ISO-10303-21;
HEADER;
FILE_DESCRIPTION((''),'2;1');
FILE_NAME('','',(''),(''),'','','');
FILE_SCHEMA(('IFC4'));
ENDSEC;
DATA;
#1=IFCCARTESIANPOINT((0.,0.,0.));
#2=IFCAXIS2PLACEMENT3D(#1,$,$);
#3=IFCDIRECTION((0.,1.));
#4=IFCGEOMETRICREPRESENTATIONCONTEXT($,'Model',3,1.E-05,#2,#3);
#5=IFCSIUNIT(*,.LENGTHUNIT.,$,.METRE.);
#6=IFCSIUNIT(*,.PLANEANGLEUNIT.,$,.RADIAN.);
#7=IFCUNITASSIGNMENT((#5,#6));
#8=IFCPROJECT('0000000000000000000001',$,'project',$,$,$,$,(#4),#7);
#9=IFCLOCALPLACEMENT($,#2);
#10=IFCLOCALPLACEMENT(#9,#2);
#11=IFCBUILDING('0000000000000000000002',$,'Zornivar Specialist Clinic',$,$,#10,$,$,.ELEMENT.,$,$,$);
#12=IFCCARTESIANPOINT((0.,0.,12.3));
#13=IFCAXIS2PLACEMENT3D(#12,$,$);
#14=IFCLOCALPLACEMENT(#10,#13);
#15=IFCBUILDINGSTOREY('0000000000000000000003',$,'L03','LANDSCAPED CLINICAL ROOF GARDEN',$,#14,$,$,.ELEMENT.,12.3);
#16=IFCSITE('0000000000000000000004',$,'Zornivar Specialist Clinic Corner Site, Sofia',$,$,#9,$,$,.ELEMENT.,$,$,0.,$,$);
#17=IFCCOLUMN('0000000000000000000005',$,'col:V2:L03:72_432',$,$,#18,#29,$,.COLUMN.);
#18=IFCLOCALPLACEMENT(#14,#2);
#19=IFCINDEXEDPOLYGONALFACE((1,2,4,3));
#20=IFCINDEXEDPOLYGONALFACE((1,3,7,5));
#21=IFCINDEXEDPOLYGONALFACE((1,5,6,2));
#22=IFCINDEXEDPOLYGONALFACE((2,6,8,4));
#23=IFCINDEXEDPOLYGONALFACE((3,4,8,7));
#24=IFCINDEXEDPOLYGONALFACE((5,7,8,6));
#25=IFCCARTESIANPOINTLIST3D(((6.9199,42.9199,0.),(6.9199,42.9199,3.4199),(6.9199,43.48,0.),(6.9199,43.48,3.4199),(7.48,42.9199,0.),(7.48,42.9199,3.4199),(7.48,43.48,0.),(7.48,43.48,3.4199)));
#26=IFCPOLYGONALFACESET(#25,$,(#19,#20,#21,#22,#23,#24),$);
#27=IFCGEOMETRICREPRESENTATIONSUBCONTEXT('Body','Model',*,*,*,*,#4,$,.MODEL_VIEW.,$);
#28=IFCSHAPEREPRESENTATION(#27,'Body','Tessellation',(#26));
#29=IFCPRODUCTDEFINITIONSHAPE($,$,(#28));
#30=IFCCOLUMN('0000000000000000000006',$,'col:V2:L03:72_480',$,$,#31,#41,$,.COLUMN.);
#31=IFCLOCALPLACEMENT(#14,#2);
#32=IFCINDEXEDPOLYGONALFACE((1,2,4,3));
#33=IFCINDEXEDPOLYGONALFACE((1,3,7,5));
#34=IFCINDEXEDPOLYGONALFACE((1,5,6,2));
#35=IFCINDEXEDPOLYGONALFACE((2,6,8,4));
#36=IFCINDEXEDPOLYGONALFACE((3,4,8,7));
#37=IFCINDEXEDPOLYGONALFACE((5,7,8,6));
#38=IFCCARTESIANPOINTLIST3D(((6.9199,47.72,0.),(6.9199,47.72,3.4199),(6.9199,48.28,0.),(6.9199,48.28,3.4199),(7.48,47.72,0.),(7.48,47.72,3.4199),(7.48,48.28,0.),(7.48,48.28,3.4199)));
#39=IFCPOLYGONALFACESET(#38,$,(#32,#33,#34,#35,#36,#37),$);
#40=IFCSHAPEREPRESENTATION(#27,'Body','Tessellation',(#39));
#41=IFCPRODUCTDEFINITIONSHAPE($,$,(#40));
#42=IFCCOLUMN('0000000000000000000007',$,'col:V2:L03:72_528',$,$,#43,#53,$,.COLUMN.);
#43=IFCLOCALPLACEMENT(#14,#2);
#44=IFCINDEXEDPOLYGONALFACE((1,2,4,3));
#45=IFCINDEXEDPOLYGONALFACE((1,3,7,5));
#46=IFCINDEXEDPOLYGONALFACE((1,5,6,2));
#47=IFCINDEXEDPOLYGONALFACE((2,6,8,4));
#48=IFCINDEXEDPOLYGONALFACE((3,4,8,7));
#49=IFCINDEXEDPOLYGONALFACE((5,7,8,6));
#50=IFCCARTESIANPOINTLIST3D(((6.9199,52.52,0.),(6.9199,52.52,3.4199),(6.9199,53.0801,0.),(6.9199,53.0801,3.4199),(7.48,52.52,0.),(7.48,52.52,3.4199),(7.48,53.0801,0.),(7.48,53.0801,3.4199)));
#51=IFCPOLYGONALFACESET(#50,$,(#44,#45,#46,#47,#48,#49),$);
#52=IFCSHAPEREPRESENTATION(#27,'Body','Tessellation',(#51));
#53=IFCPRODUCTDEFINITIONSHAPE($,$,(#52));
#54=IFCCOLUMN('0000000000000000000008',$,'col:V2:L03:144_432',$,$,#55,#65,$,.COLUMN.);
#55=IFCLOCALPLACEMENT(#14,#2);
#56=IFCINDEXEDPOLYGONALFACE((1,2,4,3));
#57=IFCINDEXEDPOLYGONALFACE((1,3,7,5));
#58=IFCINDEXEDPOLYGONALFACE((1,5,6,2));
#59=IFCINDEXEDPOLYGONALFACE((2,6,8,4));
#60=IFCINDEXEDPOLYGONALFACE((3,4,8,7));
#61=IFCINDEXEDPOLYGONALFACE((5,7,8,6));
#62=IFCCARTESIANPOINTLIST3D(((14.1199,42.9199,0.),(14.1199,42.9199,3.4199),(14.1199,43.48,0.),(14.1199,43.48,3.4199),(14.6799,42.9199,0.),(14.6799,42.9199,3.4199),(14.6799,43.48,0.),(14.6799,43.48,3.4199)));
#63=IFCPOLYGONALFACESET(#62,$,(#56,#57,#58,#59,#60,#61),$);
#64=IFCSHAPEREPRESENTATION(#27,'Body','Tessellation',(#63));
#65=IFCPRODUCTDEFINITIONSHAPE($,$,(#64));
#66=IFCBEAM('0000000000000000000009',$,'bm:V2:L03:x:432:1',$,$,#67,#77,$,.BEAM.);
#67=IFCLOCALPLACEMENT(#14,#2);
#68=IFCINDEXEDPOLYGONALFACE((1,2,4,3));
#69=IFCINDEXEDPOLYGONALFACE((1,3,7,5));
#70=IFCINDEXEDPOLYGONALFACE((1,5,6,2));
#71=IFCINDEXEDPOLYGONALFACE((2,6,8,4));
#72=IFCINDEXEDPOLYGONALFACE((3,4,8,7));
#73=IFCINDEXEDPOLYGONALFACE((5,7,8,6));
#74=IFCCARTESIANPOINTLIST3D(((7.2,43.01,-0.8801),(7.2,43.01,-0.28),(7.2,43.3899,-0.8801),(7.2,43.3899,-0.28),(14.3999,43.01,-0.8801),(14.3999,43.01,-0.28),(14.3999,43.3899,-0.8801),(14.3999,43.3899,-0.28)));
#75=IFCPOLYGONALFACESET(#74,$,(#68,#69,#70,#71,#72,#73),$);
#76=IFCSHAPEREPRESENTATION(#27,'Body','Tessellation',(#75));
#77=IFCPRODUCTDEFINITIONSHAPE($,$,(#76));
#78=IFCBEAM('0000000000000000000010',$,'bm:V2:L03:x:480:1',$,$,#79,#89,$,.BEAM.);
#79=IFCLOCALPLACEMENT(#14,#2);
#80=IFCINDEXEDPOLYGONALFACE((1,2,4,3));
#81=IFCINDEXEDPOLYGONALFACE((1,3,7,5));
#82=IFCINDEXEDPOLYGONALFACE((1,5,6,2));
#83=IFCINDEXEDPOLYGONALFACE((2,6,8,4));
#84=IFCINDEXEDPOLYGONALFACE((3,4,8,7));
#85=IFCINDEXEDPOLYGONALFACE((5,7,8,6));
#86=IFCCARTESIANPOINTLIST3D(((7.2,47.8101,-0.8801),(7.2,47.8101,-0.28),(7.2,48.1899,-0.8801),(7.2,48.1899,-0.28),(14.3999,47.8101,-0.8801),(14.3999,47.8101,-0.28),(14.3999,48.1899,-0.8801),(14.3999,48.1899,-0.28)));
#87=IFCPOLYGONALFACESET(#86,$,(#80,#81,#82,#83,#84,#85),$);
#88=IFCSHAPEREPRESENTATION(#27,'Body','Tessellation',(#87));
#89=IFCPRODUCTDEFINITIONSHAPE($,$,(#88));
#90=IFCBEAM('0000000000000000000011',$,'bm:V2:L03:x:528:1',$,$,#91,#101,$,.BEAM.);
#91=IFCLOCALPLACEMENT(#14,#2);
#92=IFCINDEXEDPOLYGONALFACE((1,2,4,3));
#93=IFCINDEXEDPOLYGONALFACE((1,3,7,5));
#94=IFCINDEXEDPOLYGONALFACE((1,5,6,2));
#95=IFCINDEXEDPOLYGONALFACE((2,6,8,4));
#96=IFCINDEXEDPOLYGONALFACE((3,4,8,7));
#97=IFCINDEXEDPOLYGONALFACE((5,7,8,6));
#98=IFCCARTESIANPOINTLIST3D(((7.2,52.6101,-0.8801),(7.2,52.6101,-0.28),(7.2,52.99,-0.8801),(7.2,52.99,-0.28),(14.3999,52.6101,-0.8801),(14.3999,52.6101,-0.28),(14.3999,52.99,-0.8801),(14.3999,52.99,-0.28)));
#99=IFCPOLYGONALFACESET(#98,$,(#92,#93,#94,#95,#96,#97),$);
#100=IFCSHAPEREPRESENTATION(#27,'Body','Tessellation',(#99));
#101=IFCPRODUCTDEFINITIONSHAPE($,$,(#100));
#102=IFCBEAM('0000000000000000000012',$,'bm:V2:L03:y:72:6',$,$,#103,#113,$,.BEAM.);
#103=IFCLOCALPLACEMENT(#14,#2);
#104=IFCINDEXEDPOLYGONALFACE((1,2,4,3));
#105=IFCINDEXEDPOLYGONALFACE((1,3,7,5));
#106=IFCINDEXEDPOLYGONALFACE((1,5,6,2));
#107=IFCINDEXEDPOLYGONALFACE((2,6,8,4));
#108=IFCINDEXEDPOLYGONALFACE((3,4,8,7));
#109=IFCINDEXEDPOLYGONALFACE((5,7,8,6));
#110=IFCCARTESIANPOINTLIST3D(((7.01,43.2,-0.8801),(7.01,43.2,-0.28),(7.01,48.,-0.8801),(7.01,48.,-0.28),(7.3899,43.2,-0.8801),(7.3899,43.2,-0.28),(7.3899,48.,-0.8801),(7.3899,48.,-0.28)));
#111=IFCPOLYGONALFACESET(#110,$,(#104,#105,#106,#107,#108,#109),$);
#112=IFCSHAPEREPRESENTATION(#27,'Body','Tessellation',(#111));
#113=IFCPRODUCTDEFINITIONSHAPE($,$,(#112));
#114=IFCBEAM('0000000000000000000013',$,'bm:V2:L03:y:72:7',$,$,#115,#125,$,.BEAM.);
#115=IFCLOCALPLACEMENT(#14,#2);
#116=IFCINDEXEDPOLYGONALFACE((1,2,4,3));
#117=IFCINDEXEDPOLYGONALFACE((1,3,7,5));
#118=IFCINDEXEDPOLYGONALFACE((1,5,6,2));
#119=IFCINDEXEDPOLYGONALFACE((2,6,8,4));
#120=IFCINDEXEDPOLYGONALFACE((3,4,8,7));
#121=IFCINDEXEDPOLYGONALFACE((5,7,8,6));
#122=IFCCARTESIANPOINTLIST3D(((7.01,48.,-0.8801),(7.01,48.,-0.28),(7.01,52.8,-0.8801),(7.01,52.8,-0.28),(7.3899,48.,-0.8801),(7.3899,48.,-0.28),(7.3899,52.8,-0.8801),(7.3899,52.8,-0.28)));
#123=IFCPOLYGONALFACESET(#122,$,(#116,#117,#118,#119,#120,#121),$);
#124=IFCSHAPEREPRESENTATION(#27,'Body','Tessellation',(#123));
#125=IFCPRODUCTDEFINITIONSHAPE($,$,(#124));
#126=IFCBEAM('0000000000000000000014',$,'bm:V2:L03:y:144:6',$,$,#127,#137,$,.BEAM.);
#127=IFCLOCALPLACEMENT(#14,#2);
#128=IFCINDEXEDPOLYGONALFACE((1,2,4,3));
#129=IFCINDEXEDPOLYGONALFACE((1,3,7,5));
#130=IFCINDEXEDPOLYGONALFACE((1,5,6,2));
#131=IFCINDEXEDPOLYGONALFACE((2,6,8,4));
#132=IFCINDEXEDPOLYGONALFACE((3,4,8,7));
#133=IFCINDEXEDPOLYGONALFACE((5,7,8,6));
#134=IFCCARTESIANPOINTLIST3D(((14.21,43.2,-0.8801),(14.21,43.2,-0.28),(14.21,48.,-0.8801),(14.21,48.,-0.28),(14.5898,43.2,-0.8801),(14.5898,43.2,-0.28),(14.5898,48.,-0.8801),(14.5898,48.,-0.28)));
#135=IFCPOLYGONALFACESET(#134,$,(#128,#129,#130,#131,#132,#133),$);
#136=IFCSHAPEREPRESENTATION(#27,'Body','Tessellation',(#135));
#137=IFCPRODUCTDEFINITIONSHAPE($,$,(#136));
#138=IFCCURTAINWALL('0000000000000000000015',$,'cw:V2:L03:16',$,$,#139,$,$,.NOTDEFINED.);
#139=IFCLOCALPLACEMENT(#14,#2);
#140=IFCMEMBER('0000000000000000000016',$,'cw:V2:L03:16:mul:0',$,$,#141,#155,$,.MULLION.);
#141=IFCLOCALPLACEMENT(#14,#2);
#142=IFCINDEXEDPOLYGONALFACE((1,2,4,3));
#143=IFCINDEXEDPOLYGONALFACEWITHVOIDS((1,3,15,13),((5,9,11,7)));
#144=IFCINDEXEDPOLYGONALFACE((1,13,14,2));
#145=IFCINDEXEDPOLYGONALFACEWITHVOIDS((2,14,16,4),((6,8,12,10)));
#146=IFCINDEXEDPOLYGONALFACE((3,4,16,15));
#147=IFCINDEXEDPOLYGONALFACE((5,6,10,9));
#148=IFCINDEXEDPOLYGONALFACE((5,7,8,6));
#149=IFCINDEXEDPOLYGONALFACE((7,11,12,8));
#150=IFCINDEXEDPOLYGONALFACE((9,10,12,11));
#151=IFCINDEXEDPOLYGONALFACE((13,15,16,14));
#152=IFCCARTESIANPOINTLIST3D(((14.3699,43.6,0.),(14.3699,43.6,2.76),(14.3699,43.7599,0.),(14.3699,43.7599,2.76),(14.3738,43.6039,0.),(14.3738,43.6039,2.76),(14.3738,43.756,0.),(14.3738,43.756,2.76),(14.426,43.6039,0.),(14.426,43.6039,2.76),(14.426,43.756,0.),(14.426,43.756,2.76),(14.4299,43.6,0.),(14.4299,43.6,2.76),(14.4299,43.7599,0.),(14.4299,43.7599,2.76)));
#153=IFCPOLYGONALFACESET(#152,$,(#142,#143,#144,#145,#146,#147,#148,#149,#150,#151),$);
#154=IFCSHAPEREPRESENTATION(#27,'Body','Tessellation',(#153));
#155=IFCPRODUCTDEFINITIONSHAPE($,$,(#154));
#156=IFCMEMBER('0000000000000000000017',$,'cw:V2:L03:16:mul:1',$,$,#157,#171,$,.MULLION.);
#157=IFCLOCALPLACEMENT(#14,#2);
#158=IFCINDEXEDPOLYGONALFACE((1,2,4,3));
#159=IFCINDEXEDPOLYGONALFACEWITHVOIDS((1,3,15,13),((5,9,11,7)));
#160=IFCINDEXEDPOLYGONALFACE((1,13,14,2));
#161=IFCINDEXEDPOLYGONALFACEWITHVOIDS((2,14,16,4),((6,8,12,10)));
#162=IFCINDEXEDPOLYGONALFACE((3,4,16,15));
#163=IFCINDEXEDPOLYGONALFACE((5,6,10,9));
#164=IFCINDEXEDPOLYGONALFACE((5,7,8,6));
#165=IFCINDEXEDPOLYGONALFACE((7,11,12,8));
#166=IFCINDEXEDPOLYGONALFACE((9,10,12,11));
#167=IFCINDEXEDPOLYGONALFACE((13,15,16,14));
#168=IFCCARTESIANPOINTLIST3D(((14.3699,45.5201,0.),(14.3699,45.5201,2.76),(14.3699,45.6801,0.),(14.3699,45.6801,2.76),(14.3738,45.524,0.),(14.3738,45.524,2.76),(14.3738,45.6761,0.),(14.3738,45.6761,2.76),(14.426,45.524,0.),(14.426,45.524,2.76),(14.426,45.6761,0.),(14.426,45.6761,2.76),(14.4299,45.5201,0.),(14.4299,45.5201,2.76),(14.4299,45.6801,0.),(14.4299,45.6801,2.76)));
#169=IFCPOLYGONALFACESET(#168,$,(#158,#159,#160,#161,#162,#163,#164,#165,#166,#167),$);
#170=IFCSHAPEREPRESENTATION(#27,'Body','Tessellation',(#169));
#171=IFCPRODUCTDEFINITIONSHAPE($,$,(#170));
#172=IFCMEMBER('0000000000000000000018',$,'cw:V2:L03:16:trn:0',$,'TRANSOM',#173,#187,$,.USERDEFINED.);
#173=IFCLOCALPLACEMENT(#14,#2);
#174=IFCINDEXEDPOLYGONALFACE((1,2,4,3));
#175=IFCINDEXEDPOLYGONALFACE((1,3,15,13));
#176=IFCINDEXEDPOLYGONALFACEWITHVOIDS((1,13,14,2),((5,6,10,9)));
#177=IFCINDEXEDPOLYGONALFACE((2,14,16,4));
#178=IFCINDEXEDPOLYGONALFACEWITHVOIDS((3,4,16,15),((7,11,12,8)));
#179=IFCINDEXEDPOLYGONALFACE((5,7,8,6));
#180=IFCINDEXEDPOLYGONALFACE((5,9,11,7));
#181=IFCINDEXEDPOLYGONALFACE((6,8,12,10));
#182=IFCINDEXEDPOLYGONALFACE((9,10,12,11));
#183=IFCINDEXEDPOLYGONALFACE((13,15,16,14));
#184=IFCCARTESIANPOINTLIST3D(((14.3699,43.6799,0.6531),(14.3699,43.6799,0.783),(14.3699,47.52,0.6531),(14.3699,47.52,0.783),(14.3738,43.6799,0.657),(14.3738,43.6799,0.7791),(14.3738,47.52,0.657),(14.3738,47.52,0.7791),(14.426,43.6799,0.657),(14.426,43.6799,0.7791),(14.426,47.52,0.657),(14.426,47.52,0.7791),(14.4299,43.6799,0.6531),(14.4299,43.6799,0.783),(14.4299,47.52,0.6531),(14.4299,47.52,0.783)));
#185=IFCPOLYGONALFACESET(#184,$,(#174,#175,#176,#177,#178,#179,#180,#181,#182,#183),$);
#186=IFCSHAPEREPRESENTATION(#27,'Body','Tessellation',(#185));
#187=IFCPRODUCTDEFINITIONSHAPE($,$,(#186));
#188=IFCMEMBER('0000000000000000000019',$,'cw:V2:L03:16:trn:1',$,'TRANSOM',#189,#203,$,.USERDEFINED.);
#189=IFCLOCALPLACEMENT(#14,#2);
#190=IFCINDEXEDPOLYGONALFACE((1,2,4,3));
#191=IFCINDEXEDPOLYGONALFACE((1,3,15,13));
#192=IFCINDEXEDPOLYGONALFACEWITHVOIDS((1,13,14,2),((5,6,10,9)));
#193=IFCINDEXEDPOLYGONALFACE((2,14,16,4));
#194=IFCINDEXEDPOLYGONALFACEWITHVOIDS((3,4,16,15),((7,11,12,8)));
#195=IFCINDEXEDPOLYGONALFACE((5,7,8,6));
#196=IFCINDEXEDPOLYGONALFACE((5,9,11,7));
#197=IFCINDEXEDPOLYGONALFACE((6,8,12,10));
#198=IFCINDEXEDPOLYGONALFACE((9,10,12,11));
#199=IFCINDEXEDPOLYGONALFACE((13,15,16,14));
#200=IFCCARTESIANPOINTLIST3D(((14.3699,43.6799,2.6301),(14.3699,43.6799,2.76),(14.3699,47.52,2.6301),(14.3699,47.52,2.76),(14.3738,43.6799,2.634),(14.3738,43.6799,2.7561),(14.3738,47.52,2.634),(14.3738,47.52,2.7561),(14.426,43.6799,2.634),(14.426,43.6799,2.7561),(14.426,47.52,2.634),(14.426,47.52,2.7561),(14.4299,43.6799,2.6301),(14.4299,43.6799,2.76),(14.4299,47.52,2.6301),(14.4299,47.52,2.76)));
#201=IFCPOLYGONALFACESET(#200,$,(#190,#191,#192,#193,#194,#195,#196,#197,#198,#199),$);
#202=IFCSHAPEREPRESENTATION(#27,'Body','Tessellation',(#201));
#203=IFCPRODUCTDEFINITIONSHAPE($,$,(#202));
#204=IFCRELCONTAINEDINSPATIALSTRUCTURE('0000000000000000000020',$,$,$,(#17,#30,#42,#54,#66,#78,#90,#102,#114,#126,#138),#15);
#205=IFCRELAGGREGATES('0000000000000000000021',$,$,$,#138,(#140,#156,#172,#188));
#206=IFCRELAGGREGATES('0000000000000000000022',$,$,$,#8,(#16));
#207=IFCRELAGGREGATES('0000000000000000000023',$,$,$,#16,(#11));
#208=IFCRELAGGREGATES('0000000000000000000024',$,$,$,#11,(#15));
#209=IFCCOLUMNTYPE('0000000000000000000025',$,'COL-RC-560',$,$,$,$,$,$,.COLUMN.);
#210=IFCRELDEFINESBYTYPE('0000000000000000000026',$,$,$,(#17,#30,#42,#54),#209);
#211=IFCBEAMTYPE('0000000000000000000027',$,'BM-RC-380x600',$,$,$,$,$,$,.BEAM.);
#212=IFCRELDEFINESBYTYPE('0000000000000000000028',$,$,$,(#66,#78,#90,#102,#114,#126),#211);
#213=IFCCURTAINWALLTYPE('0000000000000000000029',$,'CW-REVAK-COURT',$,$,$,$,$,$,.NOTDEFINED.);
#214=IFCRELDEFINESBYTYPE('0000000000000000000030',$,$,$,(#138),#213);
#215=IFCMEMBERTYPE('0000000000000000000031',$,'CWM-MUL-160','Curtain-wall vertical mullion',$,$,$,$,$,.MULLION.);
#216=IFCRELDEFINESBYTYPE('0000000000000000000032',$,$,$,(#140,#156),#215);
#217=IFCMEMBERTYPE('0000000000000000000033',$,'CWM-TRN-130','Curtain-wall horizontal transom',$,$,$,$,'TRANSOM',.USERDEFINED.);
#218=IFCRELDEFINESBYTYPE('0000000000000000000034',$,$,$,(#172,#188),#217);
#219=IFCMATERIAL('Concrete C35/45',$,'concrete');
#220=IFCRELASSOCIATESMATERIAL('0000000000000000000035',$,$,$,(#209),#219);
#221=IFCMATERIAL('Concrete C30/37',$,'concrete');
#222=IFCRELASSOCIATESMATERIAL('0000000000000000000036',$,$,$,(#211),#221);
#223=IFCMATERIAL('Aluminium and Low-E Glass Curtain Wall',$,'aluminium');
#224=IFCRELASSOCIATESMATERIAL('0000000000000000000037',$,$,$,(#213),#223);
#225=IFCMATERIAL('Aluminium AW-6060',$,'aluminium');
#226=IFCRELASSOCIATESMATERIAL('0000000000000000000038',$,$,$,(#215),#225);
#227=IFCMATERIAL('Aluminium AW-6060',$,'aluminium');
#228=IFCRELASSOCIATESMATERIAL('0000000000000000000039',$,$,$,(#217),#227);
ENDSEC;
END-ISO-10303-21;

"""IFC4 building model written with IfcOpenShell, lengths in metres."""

from ifc_helpers import new_model, si_unit, direction, frame, origin, origin_2d, place, context, subcontext, project, spatial, rectangle, hollow_rectangle, extrude, material, material_profile, profile_set, type_object, element, aggregate, save


model = new_model("IFC4")

# Units and contexts
model_context = context("Model", 3, precision=1e-05, world=origin(), true_north=direction((0.0, 1.0)))
body_context = subcontext(model_context, "Body", "Model", "MODEL_VIEW")
ifc_project = project(units=[si_unit("LENGTHUNIT", "METRE"), si_unit("PLANEANGLEUNIT", "RADIAN")], contexts=[model_context])

# Site, building, storey
site_placement = place(None, origin())
site = spatial("IfcSite", under=ifc_project, at=site_placement, Name="Zornivar Specialist Clinic Corner Site, Sofia", CompositionType="ELEMENT", RefElevation=0.0)
building_placement = place(site_placement, origin())
building = spatial("IfcBuilding", under=site, at=building_placement, Name="Zornivar Specialist Clinic", CompositionType="ELEMENT")
storey_placement = place(building_placement, frame((0.0, 0.0, 12.3)))
storey = spatial("IfcBuildingStorey", under=building, at=storey_placement, Name="L03", Description="LANDSCAPED CLINICAL ROOF GARDEN", CompositionType="ELEMENT", Elevation=12.3)

# Columns
ifc_material_1 = material(Name="Concrete C35/45", Category="concrete")
ifc_material_profile_1 = material_profile(ifc_material_1, rectangle(XDim=0.5601, YDim=0.5601, at=origin_2d()), Name="RC 560x560")
ifc_profile_set_1 = profile_set([ifc_material_profile_1], Name="Concrete C35/45")
column_type = type_object("IfcColumnType", Name="COL-RC-560", PredefinedType="COLUMN", material=ifc_profile_set_1)
for number, where, z_axis, x_axis, name in (
    (1, (7.2, 43.2, 0.0), (0.0, 0.0, 1.0), (1.0, 0.0, 0.0), "col:V2:L03:72_432"),
    (2, (7.2, 48.0, 0.0), (0.0, 0.0, 1.0), (1.0, 0.0, 0.0), "col:V2:L03:72_480"),
    (3, (7.2, 52.8, 0.0), (0.0, 0.0, 1.0), (1.0, 0.0, 0.0), "col:V2:L03:72_528"),
    (4, (14.3999, 43.2, 0.0), (0.0, 0.0, 1.0), (1.0, 0.0, 0.0), "col:V2:L03:144_432"),
):
    element("IfcColumn", number, at=place(storey_placement, frame(where, z_axis=z_axis, x_axis=x_axis)), inside=storey, type_object=column_type, Name=name, PredefinedType="COLUMN", context=body_context, shape_type="SweptSolid", body=[
        extrude(rectangle(XDim=0.5601, YDim=0.5601, at=origin_2d()), origin(), (0.0, 0.0, 1.0), 3.4199),
    ])

# Beams
ifc_material_2 = material(Name="Concrete C30/37", Category="concrete")
ifc_material_profile_2 = material_profile(ifc_material_2, rectangle(XDim=0.3799, YDim=0.6001, at=origin_2d()), Name="RC 380x600")
ifc_profile_set_2 = profile_set([ifc_material_profile_2], Name="Concrete C30/37")
beam_type = type_object("IfcBeamType", Name="BM-RC-380x600", PredefinedType="BEAM", material=ifc_profile_set_2)
for number, where, z_axis, x_axis, name in (
    (5, (7.2, 43.2, -0.5801), (1.0, 0.0, 0.0), (0.0, 1.0, 0.0), "bm:V2:L03:x:432:1"),
    (6, (7.2, 48.0, -0.5801), (1.0, 0.0, 0.0), (0.0, 1.0, 0.0), "bm:V2:L03:x:480:1"),
    (7, (7.2, 52.8, -0.5801), (1.0, 0.0, 0.0), (0.0, 1.0, 0.0), "bm:V2:L03:x:528:1"),
):
    element("IfcBeam", number, at=place(storey_placement, frame(where, z_axis=z_axis, x_axis=x_axis)), inside=storey, type_object=beam_type, Name=name, PredefinedType="BEAM", context=body_context, shape_type="SweptSolid", body=[
        extrude(rectangle(XDim=0.3799, YDim=0.6001, at=origin_2d()), origin(), (0.0, 0.0, 1.0), 7.2),
    ])
for number, where, z_axis, x_axis, name in (
    (8, (7.2, 43.2, -0.5801), (0.0, 1.0, 0.0), (-1.0, 0.0, 0.0), "bm:V2:L03:y:72:6"),
    (9, (7.2, 48.0, -0.5801), (0.0, 1.0, 0.0), (-1.0, 0.0, 0.0), "bm:V2:L03:y:72:7"),
    (10, (14.3999, 43.2, -0.5801), (0.0, 1.0, 0.0), (-1.0, 0.0, 0.0), "bm:V2:L03:y:144:6"),
):
    element("IfcBeam", number, at=place(storey_placement, frame(where, z_axis=z_axis, x_axis=x_axis)), inside=storey, type_object=beam_type, Name=name, PredefinedType="BEAM", context=body_context, shape_type="SweptSolid", body=[
        extrude(rectangle(XDim=0.3799, YDim=0.6001, at=origin_2d()), origin(), (0.0, 0.0, 1.0), 4.8),
    ])

# Curtain wall, members
ifc_material_3 = material(Name="Aluminium and Low-E Glass Curtain Wall", Category="aluminium")
curtain_wall_type = type_object("IfcCurtainWallType", Name="CW-REVAK-COURT", PredefinedType="NOTDEFINED", material=ifc_material_3)
curtain_wall_placement = place(storey_placement, origin())
curtain_wall = element("IfcCurtainWall", 11, at=curtain_wall_placement, inside=storey, type_object=curtain_wall_type, Name="cw:V2:L03:16", PredefinedType="NOTDEFINED")
ifc_material_4 = material(Name="Aluminium AW-6060", Category="aluminium")
ifc_material_profile_3 = material_profile(ifc_material_4, hollow_rectangle(XDim=0.0601, YDim=0.1599, WallThickness=0.0039, at=origin_2d()), Name="ALU 60x160x4")
ifc_profile_set_3 = profile_set([ifc_material_profile_3], Name="Aluminium AW-6060")
member_type_1 = type_object("IfcMemberType", Name="CWM-MUL-160", Description="Curtain-wall vertical mullion", PredefinedType="MULLION", material=ifc_profile_set_3)
member_1_placement = place(storey_placement, frame((14.3999, 43.6799, 0.0), z_axis=(0.0, 0.0, 1.0), x_axis=(1.0, 0.0, 0.0)))
member_1 = element("IfcMember", 12, at=member_1_placement, type_object=member_type_1, Name="cw:V2:L03:16:mul:0", PredefinedType="MULLION", context=body_context, shape_type="SweptSolid", body=[
    extrude(hollow_rectangle(XDim=0.0601, YDim=0.1599, WallThickness=0.0039, at=origin_2d()), origin(), (0.0, 0.0, 1.0), 2.76),
])
member_2_placement = place(storey_placement, frame((14.3999, 45.6001, 0.0), z_axis=(0.0, 0.0, 1.0), x_axis=(1.0, 0.0, 0.0)))
member_2 = element("IfcMember", 13, at=member_2_placement, type_object=member_type_1, Name="cw:V2:L03:16:mul:1", PredefinedType="MULLION", context=body_context, shape_type="SweptSolid", body=[
    extrude(hollow_rectangle(XDim=0.0601, YDim=0.1599, WallThickness=0.0039, at=origin_2d()), origin(), (0.0, 0.0, 1.0), 2.76),
])
ifc_material_5 = material(Name="Aluminium AW-6060", Category="aluminium")
ifc_material_profile_4 = material_profile(ifc_material_5, hollow_rectangle(XDim=0.0601, YDim=0.1299, WallThickness=0.0039, at=origin_2d()), Name="ALU 60x130x4")
ifc_profile_set_4 = profile_set([ifc_material_profile_4], Name="Aluminium AW-6060")
member_type_2 = type_object("IfcMemberType", Name="CWM-TRN-130", Description="Curtain-wall horizontal transom", ElementType="TRANSOM", PredefinedType="USERDEFINED", material=ifc_profile_set_4)
member_3_placement = place(storey_placement, frame((14.3999, 43.6799, 0.718), z_axis=(0.0, 1.0, 0.0), x_axis=(-1.0, 0.0, 0.0)))
member_3 = element("IfcMember", 14, at=member_3_placement, type_object=member_type_2, Name="cw:V2:L03:16:trn:0", ObjectType="TRANSOM", PredefinedType="USERDEFINED", context=body_context, shape_type="SweptSolid", body=[
    extrude(hollow_rectangle(XDim=0.0601, YDim=0.1299, WallThickness=0.0039, at=origin_2d()), origin(), (0.0, 0.0, 1.0), 3.8401),
])
member_4_placement = place(storey_placement, frame((14.3999, 43.6799, 2.6951), z_axis=(0.0, 1.0, 0.0), x_axis=(-1.0, 0.0, 0.0)))
member_4 = element("IfcMember", 15, at=member_4_placement, type_object=member_type_2, Name="cw:V2:L03:16:trn:1", ObjectType="TRANSOM", PredefinedType="USERDEFINED", context=body_context, shape_type="SweptSolid", body=[
    extrude(hollow_rectangle(XDim=0.0601, YDim=0.1299, WallThickness=0.0039, at=origin_2d()), origin(), (0.0, 0.0, 1.0), 3.8401),
])
aggregate(curtain_wall, [member_1, member_2, member_3, member_4])

save(model, "model.ifc")
